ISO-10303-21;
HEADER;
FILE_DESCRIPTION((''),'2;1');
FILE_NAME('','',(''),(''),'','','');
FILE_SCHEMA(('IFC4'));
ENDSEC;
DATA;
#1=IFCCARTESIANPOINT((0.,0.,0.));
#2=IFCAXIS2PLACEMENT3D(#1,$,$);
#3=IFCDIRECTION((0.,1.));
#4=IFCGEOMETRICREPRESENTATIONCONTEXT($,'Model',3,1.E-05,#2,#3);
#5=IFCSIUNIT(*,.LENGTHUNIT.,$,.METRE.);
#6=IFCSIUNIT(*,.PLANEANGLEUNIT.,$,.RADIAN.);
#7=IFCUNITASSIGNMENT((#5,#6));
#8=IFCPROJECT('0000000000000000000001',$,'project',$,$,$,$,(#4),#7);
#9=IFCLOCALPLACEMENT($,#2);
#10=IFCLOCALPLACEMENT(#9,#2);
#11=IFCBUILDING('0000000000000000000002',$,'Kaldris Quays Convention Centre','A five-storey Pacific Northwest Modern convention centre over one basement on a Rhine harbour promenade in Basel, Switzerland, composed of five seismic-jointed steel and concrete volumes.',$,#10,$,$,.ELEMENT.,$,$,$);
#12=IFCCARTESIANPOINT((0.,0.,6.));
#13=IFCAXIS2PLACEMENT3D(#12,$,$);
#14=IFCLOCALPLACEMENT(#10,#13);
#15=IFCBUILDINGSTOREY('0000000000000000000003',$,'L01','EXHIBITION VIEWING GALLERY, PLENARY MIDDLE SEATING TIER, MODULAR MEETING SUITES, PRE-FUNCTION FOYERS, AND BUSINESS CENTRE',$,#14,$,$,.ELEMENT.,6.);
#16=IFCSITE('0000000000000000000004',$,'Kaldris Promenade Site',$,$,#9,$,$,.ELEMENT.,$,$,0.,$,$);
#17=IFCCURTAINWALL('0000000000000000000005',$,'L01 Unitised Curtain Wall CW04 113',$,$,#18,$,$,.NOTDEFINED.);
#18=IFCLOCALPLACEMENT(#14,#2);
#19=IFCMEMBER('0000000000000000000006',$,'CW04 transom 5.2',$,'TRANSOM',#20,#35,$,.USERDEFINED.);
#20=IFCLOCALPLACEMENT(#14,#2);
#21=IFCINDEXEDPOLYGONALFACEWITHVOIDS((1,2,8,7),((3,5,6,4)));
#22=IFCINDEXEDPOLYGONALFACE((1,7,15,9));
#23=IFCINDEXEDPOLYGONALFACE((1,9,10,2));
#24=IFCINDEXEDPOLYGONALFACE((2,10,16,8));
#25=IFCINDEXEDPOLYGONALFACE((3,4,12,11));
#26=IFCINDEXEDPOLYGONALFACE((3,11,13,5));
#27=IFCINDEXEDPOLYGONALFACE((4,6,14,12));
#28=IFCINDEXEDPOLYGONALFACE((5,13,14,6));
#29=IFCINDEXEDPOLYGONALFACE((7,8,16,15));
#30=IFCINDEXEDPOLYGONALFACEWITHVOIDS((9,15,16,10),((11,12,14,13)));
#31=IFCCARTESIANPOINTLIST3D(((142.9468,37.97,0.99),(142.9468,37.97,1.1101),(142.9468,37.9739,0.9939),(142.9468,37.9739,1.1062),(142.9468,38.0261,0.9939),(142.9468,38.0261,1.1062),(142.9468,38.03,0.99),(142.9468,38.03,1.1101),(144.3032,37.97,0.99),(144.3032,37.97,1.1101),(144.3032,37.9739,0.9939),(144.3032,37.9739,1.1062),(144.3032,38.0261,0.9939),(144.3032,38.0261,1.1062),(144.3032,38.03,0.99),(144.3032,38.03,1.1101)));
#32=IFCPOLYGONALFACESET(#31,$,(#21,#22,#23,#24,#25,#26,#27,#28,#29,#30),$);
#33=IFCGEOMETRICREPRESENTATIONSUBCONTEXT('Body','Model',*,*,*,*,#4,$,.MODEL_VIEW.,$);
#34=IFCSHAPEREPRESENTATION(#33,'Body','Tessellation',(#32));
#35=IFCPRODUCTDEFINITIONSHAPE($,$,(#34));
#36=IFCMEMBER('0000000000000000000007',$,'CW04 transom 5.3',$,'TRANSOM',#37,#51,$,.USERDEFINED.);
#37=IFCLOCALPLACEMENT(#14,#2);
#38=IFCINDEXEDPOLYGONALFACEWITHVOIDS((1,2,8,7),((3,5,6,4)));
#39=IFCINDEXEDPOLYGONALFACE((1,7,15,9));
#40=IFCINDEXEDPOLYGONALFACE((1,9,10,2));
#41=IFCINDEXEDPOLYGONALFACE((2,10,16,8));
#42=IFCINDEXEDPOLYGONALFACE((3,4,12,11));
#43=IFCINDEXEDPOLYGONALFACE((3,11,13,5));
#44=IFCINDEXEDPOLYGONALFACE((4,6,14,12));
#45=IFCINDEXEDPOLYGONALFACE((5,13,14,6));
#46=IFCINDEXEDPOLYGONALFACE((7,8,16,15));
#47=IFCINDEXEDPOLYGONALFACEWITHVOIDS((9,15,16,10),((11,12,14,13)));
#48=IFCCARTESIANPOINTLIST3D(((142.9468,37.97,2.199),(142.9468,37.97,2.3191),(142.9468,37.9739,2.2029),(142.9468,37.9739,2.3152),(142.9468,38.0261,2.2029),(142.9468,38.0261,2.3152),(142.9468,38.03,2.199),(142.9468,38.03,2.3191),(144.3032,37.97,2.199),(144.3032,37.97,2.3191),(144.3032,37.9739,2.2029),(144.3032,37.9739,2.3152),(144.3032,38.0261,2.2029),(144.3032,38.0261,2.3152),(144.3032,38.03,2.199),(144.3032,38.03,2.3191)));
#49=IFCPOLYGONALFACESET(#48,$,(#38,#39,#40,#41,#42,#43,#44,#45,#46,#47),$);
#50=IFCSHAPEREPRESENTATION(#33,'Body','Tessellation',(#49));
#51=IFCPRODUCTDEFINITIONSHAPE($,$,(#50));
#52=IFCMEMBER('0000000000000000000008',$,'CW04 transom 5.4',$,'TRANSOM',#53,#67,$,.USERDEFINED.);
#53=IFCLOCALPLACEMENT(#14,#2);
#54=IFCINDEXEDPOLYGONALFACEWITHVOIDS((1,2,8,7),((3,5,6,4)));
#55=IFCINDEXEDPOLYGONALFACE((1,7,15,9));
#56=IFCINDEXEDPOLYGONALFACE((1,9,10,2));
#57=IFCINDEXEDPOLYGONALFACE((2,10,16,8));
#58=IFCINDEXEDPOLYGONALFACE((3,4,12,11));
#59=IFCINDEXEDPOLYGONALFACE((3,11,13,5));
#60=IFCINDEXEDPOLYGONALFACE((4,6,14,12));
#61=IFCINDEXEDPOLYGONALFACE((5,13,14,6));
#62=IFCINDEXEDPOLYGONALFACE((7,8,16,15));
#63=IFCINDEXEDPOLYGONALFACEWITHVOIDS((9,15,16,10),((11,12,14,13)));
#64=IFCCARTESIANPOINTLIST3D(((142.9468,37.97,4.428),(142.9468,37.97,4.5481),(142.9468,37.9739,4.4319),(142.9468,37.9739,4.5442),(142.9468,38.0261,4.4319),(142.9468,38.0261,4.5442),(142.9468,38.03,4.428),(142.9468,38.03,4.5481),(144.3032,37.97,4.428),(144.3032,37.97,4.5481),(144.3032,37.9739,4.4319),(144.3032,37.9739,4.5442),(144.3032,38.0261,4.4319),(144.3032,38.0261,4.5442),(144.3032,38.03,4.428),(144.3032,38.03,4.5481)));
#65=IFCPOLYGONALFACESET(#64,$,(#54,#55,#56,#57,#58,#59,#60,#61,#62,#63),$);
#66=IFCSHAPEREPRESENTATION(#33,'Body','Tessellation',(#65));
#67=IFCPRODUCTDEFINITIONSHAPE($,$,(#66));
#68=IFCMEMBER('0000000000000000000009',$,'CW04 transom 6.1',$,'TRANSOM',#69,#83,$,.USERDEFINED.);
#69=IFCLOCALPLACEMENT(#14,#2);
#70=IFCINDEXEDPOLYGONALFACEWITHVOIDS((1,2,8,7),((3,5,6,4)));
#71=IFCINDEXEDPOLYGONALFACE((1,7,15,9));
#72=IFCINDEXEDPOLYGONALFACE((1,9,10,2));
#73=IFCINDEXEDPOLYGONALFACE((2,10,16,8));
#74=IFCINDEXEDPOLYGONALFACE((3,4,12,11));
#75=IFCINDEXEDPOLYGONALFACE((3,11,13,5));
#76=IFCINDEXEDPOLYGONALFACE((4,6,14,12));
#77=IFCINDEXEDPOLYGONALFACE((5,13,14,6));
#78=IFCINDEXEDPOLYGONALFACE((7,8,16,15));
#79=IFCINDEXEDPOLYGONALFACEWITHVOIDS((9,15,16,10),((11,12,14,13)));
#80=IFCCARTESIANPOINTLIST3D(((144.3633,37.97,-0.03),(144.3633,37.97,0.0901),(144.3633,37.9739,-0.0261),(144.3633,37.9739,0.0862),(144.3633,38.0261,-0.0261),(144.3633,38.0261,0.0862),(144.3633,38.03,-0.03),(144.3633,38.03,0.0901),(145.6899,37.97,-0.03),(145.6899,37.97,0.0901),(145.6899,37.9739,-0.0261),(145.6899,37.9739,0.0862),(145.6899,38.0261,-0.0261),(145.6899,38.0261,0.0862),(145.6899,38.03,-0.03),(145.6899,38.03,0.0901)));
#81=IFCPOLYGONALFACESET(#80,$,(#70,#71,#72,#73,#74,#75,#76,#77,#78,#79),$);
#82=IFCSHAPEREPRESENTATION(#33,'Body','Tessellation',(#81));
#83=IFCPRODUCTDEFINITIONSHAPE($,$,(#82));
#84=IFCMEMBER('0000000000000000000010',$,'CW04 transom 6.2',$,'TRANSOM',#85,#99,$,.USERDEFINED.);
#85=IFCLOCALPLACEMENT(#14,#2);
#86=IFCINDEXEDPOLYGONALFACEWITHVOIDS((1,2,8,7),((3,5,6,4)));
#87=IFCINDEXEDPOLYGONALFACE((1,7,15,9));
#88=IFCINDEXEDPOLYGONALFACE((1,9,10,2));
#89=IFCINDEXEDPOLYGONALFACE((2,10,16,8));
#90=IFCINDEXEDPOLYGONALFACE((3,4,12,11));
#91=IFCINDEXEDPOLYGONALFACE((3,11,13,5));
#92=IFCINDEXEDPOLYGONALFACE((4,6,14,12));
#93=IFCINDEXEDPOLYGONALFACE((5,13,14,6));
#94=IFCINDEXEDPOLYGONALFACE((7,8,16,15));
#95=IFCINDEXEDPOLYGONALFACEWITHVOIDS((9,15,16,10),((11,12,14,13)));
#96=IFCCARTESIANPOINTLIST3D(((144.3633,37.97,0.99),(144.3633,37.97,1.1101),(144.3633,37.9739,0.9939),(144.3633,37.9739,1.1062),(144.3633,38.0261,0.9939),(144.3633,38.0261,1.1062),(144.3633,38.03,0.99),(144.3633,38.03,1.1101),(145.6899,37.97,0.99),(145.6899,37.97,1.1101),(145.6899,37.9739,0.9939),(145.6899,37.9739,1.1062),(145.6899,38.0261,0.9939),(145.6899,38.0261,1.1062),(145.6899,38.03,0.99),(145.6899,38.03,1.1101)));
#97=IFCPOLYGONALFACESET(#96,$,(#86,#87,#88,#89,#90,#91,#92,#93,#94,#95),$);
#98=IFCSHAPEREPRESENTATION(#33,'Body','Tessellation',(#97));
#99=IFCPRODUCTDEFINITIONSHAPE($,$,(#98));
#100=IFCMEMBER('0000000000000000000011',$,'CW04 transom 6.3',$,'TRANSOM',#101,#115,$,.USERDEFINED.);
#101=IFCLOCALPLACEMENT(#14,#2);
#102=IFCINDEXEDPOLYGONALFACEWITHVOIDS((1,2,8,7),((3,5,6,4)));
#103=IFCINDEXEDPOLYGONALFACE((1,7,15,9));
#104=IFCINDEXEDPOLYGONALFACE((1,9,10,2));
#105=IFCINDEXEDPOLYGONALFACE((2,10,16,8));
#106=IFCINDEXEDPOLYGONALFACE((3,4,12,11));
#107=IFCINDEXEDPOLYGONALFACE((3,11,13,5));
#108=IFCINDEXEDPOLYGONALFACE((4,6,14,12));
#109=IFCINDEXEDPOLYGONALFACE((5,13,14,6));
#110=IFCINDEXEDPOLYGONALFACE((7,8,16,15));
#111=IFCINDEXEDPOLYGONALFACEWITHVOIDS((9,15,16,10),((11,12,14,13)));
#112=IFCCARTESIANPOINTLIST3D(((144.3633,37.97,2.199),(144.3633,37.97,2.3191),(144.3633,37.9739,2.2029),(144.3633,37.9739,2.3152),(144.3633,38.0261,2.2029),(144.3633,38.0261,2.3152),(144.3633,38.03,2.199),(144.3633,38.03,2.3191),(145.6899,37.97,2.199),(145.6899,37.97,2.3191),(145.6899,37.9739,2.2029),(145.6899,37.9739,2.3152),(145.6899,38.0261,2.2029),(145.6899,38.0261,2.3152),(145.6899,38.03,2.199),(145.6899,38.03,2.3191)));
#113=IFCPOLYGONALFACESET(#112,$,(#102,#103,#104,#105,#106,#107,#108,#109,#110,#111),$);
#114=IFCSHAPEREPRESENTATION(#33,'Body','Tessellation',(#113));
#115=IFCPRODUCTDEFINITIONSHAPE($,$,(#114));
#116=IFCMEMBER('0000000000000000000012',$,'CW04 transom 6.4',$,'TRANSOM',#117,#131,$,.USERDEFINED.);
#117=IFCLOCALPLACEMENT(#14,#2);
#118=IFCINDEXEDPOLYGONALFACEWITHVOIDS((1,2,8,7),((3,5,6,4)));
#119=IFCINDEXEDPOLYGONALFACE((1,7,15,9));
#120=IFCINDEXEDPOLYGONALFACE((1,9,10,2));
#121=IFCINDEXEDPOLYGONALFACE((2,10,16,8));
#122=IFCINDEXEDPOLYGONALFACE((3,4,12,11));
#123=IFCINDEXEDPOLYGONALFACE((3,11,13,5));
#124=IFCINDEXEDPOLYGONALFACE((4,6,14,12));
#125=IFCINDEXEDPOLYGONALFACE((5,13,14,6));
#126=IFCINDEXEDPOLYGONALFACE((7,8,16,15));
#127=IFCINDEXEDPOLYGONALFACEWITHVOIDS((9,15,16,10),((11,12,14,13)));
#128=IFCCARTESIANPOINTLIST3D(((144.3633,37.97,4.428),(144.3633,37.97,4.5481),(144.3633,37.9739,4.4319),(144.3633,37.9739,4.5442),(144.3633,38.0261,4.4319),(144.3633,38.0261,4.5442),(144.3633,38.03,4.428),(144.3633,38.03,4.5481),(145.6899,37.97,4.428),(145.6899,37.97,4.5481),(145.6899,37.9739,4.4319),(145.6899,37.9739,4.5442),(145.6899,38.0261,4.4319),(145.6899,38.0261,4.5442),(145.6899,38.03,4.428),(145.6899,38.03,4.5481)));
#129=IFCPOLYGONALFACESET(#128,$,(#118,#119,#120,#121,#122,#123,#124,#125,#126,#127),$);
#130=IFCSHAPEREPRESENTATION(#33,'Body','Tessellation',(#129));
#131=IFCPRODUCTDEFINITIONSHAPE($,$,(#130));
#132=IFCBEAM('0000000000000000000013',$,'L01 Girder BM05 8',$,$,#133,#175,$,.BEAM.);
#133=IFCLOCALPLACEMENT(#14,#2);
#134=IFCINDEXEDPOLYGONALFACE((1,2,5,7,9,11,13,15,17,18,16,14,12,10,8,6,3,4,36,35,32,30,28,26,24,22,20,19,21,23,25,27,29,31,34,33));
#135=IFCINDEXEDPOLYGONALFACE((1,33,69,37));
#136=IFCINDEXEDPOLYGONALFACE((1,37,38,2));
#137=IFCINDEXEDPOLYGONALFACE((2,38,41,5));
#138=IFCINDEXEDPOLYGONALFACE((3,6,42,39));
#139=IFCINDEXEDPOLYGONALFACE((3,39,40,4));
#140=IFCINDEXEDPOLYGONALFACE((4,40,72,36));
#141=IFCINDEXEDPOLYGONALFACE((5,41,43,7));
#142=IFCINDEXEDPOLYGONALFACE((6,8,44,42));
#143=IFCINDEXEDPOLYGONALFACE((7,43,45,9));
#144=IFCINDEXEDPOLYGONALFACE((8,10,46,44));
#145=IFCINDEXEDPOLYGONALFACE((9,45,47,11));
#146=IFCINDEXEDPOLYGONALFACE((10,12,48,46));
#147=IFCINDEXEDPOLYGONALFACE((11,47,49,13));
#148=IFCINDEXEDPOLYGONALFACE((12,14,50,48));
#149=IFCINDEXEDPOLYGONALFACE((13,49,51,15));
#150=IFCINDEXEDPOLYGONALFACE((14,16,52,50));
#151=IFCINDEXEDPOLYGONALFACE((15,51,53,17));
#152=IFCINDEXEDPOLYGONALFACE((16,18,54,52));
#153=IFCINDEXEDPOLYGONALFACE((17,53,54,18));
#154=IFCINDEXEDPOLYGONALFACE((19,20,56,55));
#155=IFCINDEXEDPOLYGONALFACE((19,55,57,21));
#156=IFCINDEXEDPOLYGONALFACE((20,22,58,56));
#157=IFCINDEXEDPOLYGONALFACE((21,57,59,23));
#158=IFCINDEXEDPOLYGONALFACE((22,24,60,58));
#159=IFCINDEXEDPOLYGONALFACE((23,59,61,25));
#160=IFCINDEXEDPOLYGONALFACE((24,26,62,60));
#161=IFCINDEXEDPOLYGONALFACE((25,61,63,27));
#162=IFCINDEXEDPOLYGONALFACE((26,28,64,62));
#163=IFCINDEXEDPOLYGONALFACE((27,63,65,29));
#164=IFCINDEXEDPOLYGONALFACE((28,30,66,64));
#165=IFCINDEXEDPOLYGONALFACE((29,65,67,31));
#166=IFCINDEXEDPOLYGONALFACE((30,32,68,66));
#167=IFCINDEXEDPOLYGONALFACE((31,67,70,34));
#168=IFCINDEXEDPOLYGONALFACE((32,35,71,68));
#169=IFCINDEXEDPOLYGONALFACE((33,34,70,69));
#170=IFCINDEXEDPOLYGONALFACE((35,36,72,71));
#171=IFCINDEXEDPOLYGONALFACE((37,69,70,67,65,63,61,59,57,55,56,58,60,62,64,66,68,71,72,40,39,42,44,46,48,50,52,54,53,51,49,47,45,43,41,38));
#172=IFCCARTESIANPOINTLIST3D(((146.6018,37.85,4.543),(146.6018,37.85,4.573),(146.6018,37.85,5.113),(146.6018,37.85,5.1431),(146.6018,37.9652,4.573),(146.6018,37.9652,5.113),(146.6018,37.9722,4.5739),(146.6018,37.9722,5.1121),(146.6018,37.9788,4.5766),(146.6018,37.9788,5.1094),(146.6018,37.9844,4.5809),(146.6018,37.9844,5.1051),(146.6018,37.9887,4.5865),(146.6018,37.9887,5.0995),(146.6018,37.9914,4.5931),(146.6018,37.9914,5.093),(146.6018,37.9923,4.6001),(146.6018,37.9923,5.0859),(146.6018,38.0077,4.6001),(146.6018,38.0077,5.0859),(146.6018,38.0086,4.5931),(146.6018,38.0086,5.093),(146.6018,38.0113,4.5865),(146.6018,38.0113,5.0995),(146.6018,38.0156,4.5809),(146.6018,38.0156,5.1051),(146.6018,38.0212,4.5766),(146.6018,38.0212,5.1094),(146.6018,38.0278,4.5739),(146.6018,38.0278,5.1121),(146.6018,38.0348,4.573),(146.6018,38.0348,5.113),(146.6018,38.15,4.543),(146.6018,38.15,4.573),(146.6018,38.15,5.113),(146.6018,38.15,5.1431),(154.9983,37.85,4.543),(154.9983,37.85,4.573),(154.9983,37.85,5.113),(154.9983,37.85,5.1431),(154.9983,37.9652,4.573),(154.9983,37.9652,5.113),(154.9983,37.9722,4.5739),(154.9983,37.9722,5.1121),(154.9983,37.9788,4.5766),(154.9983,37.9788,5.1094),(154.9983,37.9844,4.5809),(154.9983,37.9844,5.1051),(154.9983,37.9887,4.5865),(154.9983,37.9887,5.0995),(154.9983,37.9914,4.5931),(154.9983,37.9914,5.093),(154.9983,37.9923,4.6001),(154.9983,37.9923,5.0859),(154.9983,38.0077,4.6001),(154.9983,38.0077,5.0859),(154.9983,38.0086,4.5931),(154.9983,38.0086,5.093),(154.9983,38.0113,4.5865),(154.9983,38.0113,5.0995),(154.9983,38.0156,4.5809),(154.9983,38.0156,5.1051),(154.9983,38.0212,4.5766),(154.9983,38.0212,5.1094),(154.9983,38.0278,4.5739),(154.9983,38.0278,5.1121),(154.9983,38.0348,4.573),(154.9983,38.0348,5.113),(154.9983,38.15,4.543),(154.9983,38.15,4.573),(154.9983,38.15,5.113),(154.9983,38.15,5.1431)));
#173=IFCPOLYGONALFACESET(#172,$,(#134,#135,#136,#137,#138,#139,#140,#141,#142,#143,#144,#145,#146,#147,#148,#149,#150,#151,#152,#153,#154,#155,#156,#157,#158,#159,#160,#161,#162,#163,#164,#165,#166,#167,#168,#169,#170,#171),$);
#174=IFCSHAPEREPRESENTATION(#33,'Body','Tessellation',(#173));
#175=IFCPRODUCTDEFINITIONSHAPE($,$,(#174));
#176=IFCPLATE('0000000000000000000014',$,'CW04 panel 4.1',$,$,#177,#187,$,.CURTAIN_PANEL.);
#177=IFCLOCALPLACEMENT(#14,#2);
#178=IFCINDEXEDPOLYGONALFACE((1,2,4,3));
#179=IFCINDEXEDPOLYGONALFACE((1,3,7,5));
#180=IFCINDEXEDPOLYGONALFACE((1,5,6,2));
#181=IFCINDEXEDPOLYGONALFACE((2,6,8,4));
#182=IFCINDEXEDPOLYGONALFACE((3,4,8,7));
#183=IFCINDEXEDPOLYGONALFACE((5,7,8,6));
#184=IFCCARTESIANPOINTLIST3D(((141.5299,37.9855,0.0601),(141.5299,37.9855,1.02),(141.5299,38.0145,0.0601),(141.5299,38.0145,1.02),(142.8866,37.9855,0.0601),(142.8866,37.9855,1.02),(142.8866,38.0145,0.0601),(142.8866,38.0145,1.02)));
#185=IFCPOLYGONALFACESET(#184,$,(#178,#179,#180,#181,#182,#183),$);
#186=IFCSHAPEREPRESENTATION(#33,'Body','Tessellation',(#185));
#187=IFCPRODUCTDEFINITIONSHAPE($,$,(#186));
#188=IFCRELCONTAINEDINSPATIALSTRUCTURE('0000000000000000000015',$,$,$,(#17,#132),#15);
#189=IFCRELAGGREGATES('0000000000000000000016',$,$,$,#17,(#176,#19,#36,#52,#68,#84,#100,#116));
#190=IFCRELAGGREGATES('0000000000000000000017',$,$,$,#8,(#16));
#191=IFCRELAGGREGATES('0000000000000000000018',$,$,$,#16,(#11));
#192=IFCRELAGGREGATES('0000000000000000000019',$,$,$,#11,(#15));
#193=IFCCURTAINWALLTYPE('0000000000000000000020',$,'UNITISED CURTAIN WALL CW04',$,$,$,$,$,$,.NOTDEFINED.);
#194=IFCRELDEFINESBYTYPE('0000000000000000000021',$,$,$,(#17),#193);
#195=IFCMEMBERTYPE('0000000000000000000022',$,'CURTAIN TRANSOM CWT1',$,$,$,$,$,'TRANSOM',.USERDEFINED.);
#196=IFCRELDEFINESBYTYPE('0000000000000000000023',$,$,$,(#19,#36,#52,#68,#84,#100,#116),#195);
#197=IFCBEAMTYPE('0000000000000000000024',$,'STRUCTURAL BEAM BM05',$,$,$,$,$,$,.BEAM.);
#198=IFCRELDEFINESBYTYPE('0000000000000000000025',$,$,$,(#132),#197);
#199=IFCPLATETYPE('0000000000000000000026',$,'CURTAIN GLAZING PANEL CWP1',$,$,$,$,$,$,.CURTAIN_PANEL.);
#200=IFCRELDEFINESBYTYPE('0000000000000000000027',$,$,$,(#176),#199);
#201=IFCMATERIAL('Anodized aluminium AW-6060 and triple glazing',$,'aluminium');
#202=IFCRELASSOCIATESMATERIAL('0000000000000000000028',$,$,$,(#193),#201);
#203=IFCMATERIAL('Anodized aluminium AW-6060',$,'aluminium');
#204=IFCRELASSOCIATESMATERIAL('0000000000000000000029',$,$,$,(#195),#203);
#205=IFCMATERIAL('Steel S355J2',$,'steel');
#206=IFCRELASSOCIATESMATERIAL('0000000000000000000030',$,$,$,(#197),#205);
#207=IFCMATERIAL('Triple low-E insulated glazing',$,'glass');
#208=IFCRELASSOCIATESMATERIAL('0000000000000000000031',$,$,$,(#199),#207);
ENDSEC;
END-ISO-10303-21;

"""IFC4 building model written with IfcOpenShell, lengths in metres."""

from ifc_helpers import new_model, si_unit, direction, frame, origin, origin_2d, place, context, subcontext, project, spatial, rectangle, hollow_rectangle, i_section, extrude, material, material_profile, profile_set, type_object, element, aggregate, save


model = new_model("IFC4")

# Units and contexts
model_context = context("Model", 3, precision=1e-05, world=origin(), true_north=direction((0.0, 1.0)))
body_context = subcontext(model_context, "Body", "Model", "MODEL_VIEW")
ifc_project = project(units=[si_unit("LENGTHUNIT", "METRE"), si_unit("PLANEANGLEUNIT", "RADIAN")], contexts=[model_context])

# Site, building, storey
site_placement = place(None, origin())
site = spatial("IfcSite", under=ifc_project, at=site_placement, Name="Kaldris Promenade Site", CompositionType="ELEMENT", RefElevation=0.0)
building_placement = place(site_placement, origin())
building = spatial("IfcBuilding", under=site, at=building_placement, Name="Kaldris Quays Convention Centre", Description="A five-storey Pacific Northwest Modern convention centre over one basement on a Rhine harbour promenade in Basel, Switzerland, composed of five seismic-jointed steel and concrete volumes.", CompositionType="ELEMENT")
storey_placement = place(building_placement, frame((0.0, 0.0, 6.0)))
storey = spatial("IfcBuildingStorey", under=building, at=storey_placement, Name="L01", Description="EXHIBITION VIEWING GALLERY, PLENARY MIDDLE SEATING TIER, MODULAR MEETING SUITES, PRE-FUNCTION FOYERS, AND BUSINESS CENTRE", CompositionType="ELEMENT", Elevation=6.0)

# Shared definitions
ifc_material_1 = material(Name="Steel S355J2", Category="steel")

# Curtain wall
ifc_material_2 = material(Name="Anodized aluminium AW-6060 and triple glazing", Category="aluminium")
curtain_wall_type_1 = type_object("IfcCurtainWallType", Name="UNITISED CURTAIN WALL CW04", PredefinedType="NOTDEFINED", material=ifc_material_2)
curtain_wall_1_placement = place(storey_placement, origin())
curtain_wall_1 = element("IfcCurtainWall", 1, at=curtain_wall_1_placement, inside=storey, type_object=curtain_wall_type_1, Name="L01 Unitised Curtain Wall CW04 113", PredefinedType="NOTDEFINED")
ifc_material_3 = material(Name="Anodized aluminium AW-6060", Category="aluminium")

# Members
ifc_material_profile_1 = material_profile(ifc_material_3, hollow_rectangle(XDim=0.0601, YDim=0.1201, WallThickness=0.0039, at=origin_2d()), Name="RHS 120x60x4")
ifc_profile_set_1 = profile_set([ifc_material_profile_1], Name="Anodized aluminium AW-6060")
member_type_1 = type_object("IfcMemberType", Name="CURTAIN TRANSOM CWT1", ElementType="TRANSOM", PredefinedType="USERDEFINED", material=ifc_profile_set_1)
member_1_placement = place(storey_placement, frame((142.9468, 38.0, 1.05), z_axis=(1.0, 0.0, 0.0), x_axis=(0.0, 1.0, 0.0)))
member_1 = element("IfcMember", 2, at=member_1_placement, type_object=member_type_1, Name="CW04 transom 5.2", ObjectType="TRANSOM", PredefinedType="USERDEFINED", context=body_context, shape_type="SweptSolid", body=[
    extrude(hollow_rectangle(XDim=0.0601, YDim=0.1201, WallThickness=0.0039, at=origin_2d()), origin(), (0.0, 0.0, 1.0), 1.3564),
])
member_2_placement = place(storey_placement, frame((142.9468, 38.0, 2.259), z_axis=(1.0, 0.0, 0.0), x_axis=(0.0, 1.0, 0.0)))
member_2 = element("IfcMember", 3, at=member_2_placement, type_object=member_type_1, Name="CW04 transom 5.3", ObjectType="TRANSOM", PredefinedType="USERDEFINED", context=body_context, shape_type="SweptSolid", body=[
    extrude(hollow_rectangle(XDim=0.0601, YDim=0.1201, WallThickness=0.0039, at=origin_2d()), origin(), (0.0, 0.0, 1.0), 1.3564),
])
member_3_placement = place(storey_placement, frame((142.9468, 38.0, 4.488), z_axis=(1.0, 0.0, 0.0), x_axis=(0.0, 1.0, 0.0)))
member_3 = element("IfcMember", 4, at=member_3_placement, type_object=member_type_1, Name="CW04 transom 5.4", ObjectType="TRANSOM", PredefinedType="USERDEFINED", context=body_context, shape_type="SweptSolid", body=[
    extrude(hollow_rectangle(XDim=0.0601, YDim=0.1201, WallThickness=0.0039, at=origin_2d()), origin(), (0.0, 0.0, 1.0), 1.3564),
])
member_4_placement = place(storey_placement, frame((144.3633, 38.0, 0.03), z_axis=(1.0, 0.0, 0.0), x_axis=(0.0, 1.0, 0.0)))
member_4 = element("IfcMember", 5, at=member_4_placement, type_object=member_type_1, Name="CW04 transom 6.1", ObjectType="TRANSOM", PredefinedType="USERDEFINED", context=body_context, shape_type="SweptSolid", body=[
    extrude(hollow_rectangle(XDim=0.0601, YDim=0.1201, WallThickness=0.0039, at=origin_2d()), origin(), (0.0, 0.0, 1.0), 1.3267),
])
member_5_placement = place(storey_placement, frame((144.3633, 38.0, 1.05), z_axis=(1.0, 0.0, 0.0), x_axis=(0.0, 1.0, 0.0)))
member_5 = element("IfcMember", 6, at=member_5_placement, type_object=member_type_1, Name="CW04 transom 6.2", ObjectType="TRANSOM", PredefinedType="USERDEFINED", context=body_context, shape_type="SweptSolid", body=[
    extrude(hollow_rectangle(XDim=0.0601, YDim=0.1201, WallThickness=0.0039, at=origin_2d()), origin(), (0.0, 0.0, 1.0), 1.3267),
])
member_6_placement = place(storey_placement, frame((144.3633, 38.0, 2.259), z_axis=(1.0, 0.0, 0.0), x_axis=(0.0, 1.0, 0.0)))
member_6 = element("IfcMember", 7, at=member_6_placement, type_object=member_type_1, Name="CW04 transom 6.3", ObjectType="TRANSOM", PredefinedType="USERDEFINED", context=body_context, shape_type="SweptSolid", body=[
    extrude(hollow_rectangle(XDim=0.0601, YDim=0.1201, WallThickness=0.0039, at=origin_2d()), origin(), (0.0, 0.0, 1.0), 1.3267),
])
member_7_placement = place(storey_placement, frame((144.3633, 38.0, 4.488), z_axis=(1.0, 0.0, 0.0), x_axis=(0.0, 1.0, 0.0)))
member_7 = element("IfcMember", 8, at=member_7_placement, type_object=member_type_1, Name="CW04 transom 6.4", ObjectType="TRANSOM", PredefinedType="USERDEFINED", context=body_context, shape_type="SweptSolid", body=[
    extrude(hollow_rectangle(XDim=0.0601, YDim=0.1201, WallThickness=0.0039, at=origin_2d()), origin(), (0.0, 0.0, 1.0), 1.3267),
])

# Beam
ifc_material_profile_2 = material_profile(ifc_material_1, i_section(OverallWidth=0.3, OverallDepth=0.6001, WebThickness=0.0154, FlangeThickness=0.03, FilletRadius=0.0271, at=origin_2d()), Name="HEB 600")
ifc_profile_set_2 = profile_set([ifc_material_profile_2], Name="Steel S355J2")
beam_type = type_object("IfcBeamType", Name="STRUCTURAL BEAM BM05", PredefinedType="BEAM", material=ifc_profile_set_2)
beam_placement = place(storey_placement, frame((146.6018, 38.0, 4.843), z_axis=(1.0, 0.0, 0.0), x_axis=(0.0, 1.0, 0.0)))
element("IfcBeam", 9, at=beam_placement, inside=storey, type_object=beam_type, Name="L01 Girder BM05 8", PredefinedType="BEAM", context=body_context, shape_type="SweptSolid", body=[
    extrude(i_section(OverallWidth=0.3, OverallDepth=0.6001, WebThickness=0.0154, FlangeThickness=0.03, FilletRadius=0.0271, at=origin_2d()), origin(), (0.0, 0.0, 1.0), 8.3965),
])

# Plate
ifc_material_4 = material(Name="Triple low-E insulated glazing", Category="glass")
plate_type_1 = type_object("IfcPlateType", Name="CURTAIN GLAZING PANEL CWP1", PredefinedType="CURTAIN_PANEL", material=ifc_material_4)
plate_1_placement = place(storey_placement, frame((142.2083, 38.0, 0.0601), z_axis=(0.0, 0.0, 1.0), x_axis=(1.0, 0.0, 0.0)))
plate_1 = element("IfcPlate", 10, at=plate_1_placement, type_object=plate_type_1, Name="CW04 panel 4.1", PredefinedType="CURTAIN_PANEL", context=body_context, shape_type="SweptSolid", body=[
    extrude(rectangle(XDim=1.3567, YDim=0.0291, at=origin_2d()), origin(), (0.0, 0.0, 1.0), 0.96),
])
aggregate(curtain_wall_1, [plate_1, member_1, member_2, member_3, member_4, member_5, member_6, member_7])

save(model, "model.ifc")
